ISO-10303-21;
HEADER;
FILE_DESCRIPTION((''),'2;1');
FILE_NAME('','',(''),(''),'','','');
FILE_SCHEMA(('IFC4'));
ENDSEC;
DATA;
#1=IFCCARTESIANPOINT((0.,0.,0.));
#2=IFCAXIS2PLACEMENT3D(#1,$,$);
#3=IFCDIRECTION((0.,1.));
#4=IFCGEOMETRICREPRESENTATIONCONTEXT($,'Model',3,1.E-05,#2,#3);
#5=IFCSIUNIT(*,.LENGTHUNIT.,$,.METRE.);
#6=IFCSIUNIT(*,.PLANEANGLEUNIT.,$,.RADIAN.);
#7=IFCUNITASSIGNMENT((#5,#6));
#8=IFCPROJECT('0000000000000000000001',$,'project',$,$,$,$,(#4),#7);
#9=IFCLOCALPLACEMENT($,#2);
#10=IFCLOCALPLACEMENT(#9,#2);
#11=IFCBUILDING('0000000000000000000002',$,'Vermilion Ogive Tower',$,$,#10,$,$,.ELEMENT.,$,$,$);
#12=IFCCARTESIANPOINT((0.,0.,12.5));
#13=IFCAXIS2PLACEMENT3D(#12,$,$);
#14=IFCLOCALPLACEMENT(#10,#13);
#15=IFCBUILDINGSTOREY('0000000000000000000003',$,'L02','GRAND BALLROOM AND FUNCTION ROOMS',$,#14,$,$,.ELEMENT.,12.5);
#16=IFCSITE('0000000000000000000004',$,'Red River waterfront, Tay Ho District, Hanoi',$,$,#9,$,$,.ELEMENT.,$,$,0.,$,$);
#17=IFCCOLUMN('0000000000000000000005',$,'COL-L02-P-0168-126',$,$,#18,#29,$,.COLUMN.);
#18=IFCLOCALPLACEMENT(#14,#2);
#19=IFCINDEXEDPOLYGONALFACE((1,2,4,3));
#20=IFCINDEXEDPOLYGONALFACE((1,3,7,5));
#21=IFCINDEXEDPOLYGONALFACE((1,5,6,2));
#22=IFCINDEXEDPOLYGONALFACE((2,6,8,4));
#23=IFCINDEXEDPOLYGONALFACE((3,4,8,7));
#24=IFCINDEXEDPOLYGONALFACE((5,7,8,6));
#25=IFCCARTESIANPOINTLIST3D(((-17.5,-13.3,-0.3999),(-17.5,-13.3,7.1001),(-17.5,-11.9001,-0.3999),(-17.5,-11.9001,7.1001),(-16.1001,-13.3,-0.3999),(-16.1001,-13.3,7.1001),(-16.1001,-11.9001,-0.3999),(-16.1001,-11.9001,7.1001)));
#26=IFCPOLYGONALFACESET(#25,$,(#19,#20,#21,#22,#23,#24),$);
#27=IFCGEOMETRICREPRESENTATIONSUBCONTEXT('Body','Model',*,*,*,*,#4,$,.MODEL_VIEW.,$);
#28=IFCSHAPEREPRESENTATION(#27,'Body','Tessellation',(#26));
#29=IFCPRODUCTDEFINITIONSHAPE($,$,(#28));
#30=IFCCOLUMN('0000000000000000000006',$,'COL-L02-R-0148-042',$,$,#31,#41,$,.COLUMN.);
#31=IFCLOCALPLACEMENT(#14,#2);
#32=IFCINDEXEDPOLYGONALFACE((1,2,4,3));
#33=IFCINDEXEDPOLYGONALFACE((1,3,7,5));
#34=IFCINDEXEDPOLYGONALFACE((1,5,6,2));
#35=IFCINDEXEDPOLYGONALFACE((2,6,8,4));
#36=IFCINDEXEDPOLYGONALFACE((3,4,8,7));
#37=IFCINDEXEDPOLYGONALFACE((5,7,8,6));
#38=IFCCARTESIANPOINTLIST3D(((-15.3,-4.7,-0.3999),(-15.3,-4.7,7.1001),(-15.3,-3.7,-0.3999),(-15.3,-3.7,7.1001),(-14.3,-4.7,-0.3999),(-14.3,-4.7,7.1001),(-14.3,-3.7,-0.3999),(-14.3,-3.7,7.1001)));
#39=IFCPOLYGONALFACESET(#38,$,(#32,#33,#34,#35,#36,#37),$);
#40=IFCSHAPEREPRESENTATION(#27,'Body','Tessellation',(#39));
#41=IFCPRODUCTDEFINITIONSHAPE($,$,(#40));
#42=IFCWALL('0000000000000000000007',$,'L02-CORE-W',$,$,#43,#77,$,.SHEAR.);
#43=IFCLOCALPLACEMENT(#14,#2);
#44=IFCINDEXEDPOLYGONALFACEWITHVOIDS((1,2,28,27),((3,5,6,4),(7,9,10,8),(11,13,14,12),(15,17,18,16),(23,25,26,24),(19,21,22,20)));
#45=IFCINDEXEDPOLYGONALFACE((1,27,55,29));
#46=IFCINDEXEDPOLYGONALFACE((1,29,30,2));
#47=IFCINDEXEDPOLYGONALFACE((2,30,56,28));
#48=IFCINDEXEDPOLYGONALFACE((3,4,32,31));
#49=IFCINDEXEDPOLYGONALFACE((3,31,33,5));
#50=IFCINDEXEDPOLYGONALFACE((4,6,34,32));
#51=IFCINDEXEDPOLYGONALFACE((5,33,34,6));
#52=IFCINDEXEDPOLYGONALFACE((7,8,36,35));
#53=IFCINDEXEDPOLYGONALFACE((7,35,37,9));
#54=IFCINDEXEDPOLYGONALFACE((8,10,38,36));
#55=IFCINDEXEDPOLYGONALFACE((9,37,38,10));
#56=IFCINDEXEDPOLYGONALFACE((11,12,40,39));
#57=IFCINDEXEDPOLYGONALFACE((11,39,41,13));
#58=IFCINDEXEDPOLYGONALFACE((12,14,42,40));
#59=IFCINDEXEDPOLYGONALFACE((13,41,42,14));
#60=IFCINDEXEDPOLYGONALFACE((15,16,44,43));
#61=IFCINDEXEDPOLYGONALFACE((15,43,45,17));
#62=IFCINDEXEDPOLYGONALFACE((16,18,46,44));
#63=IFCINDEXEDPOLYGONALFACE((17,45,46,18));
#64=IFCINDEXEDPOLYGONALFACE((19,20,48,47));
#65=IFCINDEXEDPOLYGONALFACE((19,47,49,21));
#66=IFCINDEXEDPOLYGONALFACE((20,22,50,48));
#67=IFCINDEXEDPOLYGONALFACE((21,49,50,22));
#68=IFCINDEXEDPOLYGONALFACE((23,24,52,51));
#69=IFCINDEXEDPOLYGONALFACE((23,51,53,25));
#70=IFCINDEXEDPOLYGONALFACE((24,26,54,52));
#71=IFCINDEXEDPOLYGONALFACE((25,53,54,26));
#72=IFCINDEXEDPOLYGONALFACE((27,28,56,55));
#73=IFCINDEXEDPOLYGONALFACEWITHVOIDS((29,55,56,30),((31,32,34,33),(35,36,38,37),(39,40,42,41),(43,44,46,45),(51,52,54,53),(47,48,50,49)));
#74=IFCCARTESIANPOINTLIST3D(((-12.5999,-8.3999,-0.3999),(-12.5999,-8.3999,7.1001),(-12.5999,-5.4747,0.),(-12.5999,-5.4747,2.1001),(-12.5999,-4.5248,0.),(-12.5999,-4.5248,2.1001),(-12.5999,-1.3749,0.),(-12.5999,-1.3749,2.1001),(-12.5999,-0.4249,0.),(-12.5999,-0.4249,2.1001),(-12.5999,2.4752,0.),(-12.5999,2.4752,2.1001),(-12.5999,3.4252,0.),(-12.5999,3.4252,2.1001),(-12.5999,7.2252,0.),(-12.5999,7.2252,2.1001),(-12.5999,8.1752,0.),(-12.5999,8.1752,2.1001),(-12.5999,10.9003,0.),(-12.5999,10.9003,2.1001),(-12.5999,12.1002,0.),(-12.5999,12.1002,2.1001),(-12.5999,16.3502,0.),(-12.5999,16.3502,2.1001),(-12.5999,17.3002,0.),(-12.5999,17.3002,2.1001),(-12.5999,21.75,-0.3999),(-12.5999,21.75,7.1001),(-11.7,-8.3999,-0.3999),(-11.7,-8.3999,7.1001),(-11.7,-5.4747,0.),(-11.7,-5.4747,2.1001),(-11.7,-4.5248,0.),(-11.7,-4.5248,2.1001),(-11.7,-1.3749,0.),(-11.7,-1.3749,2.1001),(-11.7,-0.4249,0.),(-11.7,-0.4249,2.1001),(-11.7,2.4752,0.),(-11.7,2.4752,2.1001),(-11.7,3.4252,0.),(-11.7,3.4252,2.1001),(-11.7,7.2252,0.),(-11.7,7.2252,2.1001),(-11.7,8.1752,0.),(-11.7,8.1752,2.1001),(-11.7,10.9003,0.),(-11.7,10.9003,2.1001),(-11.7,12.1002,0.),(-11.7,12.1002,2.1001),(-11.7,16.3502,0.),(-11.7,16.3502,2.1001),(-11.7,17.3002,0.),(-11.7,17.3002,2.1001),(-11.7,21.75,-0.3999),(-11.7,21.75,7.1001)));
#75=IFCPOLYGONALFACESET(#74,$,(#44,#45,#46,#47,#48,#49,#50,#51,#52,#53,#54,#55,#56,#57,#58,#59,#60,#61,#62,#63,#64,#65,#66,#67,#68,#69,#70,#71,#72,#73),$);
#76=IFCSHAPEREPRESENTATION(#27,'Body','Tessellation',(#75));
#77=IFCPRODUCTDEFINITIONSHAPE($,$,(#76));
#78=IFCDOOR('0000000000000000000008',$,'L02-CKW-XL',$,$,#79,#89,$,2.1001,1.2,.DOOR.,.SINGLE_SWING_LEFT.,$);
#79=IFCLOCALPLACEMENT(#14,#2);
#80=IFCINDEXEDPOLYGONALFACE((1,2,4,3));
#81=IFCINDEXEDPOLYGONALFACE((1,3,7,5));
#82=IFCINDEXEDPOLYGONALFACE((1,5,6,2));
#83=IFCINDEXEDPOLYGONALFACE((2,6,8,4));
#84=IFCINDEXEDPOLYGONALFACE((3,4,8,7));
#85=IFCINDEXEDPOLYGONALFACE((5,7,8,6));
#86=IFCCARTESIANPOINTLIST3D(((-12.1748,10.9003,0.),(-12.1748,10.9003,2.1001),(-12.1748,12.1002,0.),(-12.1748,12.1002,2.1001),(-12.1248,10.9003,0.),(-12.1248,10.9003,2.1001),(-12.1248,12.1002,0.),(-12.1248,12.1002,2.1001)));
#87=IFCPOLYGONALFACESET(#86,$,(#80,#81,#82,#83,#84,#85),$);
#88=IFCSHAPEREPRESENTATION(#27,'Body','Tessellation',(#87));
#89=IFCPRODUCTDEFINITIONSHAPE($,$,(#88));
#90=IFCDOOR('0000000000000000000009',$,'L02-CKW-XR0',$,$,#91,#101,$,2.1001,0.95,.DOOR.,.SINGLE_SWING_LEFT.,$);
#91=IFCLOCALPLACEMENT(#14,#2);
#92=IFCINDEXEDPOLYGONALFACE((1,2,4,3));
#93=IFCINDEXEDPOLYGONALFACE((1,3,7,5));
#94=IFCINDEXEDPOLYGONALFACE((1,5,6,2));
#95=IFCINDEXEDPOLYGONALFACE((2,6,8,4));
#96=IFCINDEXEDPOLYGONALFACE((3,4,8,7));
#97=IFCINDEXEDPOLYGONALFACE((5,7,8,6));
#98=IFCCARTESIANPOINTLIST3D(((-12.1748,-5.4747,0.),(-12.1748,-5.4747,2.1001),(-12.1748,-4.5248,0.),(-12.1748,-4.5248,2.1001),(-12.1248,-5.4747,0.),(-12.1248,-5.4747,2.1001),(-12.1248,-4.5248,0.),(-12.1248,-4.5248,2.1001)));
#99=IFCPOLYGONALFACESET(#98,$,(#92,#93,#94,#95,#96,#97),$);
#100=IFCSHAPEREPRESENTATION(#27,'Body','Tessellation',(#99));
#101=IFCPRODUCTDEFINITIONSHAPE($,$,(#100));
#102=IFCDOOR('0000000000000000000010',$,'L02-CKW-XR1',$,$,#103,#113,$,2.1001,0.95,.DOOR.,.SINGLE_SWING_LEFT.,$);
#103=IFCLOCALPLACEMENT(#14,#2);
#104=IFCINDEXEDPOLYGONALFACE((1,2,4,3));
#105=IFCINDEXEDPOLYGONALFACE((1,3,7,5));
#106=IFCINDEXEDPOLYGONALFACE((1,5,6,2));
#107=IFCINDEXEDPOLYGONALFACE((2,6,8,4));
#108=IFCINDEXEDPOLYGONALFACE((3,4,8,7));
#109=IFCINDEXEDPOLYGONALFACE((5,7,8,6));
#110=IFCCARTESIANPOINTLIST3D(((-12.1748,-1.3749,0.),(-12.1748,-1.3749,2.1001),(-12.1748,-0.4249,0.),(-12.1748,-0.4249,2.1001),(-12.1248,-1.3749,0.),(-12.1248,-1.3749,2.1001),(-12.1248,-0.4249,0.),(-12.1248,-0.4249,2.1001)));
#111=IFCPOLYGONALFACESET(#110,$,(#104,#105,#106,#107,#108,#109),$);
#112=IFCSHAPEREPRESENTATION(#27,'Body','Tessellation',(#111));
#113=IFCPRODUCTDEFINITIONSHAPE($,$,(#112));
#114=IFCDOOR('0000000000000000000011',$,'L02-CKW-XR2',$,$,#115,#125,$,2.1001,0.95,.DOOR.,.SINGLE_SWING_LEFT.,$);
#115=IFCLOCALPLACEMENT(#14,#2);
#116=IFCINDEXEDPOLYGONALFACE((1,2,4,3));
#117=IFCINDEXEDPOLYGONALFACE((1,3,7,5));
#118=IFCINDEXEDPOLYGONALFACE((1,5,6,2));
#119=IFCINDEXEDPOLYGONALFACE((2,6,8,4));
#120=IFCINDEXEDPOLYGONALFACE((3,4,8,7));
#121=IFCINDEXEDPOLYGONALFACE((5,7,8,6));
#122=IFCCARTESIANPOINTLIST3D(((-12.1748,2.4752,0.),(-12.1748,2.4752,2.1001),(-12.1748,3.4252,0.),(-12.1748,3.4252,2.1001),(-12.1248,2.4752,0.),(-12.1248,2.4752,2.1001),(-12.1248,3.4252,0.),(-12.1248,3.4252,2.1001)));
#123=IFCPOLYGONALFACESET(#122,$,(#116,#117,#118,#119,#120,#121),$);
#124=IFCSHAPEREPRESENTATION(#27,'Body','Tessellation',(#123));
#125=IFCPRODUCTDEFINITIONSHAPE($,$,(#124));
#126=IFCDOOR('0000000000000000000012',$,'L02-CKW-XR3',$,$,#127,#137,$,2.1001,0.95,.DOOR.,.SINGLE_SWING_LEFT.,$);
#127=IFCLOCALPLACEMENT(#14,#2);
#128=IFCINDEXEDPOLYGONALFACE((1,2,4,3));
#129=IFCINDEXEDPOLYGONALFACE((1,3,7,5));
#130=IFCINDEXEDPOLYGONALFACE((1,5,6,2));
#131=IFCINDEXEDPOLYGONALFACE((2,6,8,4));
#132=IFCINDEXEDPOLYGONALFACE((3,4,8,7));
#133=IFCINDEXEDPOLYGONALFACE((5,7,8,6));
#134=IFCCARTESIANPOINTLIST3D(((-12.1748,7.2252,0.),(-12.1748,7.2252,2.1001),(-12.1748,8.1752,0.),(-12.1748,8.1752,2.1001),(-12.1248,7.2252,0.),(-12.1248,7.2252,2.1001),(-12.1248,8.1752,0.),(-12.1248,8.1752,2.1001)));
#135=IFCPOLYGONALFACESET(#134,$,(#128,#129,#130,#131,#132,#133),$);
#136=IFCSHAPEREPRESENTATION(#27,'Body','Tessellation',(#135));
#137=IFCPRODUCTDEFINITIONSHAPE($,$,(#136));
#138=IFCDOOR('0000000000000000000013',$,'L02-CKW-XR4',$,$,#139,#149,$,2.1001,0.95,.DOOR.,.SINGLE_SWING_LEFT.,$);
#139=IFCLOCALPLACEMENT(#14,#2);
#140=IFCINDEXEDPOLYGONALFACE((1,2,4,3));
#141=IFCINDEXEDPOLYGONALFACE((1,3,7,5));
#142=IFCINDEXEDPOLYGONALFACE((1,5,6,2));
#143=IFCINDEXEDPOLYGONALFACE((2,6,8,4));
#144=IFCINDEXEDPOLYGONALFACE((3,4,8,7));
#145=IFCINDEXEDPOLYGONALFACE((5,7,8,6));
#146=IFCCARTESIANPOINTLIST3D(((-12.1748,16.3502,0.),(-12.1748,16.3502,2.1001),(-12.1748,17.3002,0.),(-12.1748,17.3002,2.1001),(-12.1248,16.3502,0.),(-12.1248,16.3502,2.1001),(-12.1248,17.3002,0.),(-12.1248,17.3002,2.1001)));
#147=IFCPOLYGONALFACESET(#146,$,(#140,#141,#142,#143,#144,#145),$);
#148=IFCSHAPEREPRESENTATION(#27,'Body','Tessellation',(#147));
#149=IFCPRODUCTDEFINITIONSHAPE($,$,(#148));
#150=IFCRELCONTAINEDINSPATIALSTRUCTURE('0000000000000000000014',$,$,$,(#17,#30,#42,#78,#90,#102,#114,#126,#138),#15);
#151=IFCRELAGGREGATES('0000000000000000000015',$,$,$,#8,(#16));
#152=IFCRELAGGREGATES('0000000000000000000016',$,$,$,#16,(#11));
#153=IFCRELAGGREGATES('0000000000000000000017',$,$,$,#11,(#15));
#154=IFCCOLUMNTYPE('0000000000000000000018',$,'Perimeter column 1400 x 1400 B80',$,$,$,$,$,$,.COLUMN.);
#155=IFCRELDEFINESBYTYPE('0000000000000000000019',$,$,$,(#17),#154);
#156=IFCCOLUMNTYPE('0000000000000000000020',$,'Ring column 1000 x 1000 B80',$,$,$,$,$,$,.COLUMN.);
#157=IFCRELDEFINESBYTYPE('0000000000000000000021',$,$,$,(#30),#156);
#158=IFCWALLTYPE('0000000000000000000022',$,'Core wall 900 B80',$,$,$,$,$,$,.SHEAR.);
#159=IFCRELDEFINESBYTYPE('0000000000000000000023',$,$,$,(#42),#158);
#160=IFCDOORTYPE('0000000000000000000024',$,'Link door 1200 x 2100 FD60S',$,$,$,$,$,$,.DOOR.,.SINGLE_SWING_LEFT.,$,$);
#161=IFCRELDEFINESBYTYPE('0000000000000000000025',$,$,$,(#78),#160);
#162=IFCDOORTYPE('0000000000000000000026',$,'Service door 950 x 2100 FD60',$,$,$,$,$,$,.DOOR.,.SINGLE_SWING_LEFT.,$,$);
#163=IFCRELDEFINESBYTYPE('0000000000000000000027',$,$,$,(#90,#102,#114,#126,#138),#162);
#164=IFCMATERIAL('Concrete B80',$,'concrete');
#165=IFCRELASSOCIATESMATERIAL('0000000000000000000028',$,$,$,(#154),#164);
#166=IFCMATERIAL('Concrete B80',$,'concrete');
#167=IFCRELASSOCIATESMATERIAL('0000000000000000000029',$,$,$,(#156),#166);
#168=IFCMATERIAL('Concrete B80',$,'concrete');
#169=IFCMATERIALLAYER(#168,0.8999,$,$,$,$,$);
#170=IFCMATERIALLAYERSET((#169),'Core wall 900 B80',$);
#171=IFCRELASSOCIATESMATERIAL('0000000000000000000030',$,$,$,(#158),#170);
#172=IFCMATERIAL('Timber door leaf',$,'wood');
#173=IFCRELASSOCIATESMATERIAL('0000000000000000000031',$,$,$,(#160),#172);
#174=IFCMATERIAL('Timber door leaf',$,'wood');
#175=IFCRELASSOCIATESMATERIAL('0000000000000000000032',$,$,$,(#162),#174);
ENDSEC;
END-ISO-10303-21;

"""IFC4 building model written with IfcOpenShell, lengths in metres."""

from ifc_helpers import new_model, si_unit, direction, frame, frame_2d, origin, origin_2d, place, context, subcontext, project, spatial, rectangle, extrude, material, layer, layer_set, material_profile, profile_set, type_object, element, fill, save


model = new_model("IFC4")

# Units and contexts
model_context = context("Model", 3, precision=1e-05, world=origin(), true_north=direction((0.0, 1.0)))
body_context = subcontext(model_context, "Body", "Model", "MODEL_VIEW")
ifc_project = project(units=[si_unit("LENGTHUNIT", "METRE"), si_unit("PLANEANGLEUNIT", "RADIAN")], contexts=[model_context])

# Site, building, storey
site_placement = place(None, origin())
site = spatial("IfcSite", under=ifc_project, at=site_placement, Name="Red River waterfront, Tay Ho District, Hanoi", CompositionType="ELEMENT", RefElevation=0.0)
building_placement = place(site_placement, origin())
building = spatial("IfcBuilding", under=site, at=building_placement, Name="Vermilion Ogive Tower", CompositionType="ELEMENT")
storey_placement = place(building_placement, frame((0.0, 0.0, 12.5)))
storey = spatial("IfcBuildingStorey", under=building, at=storey_placement, Name="L02", Description="GRAND BALLROOM AND FUNCTION ROOMS", CompositionType="ELEMENT", Elevation=12.5)

# Columns
ifc_material_1 = material(Name="Concrete B80", Category="concrete")
ifc_material_profile_1 = material_profile(ifc_material_1, rectangle(XDim=1.3999, YDim=1.3999, at=origin_2d()), Name="1400 x 1400")
ifc_profile_set_1 = profile_set([ifc_material_profile_1], Name="Concrete B80")
column_type_1 = type_object("IfcColumnType", Name="Perimeter column 1400 x 1400 B80", PredefinedType="COLUMN", material=ifc_profile_set_1)
column_1_placement = place(storey_placement, frame((-16.8, -12.6001, -0.3999), z_axis=(0.0, 0.0, 1.0), x_axis=(1.0, 0.0, 0.0)))
element("IfcColumn", 1, at=column_1_placement, inside=storey, type_object=column_type_1, Name="COL-L02-P-0168-126", PredefinedType="COLUMN", context=body_context, shape_type="SweptSolid", body=[
    extrude(rectangle(XDim=1.3999, YDim=1.3999, at=origin_2d()), origin(), (0.0, 0.0, 1.0), 7.5),
])
ifc_material_2 = material(Name="Concrete B80", Category="concrete")
ifc_material_profile_2 = material_profile(ifc_material_2, rectangle(XDim=1.0, YDim=1.0, at=origin_2d()), Name="1000 x 1000")
ifc_profile_set_2 = profile_set([ifc_material_profile_2], Name="Concrete B80")
column_type_2 = type_object("IfcColumnType", Name="Ring column 1000 x 1000 B80", PredefinedType="COLUMN", material=ifc_profile_set_2)
column_2_placement = place(storey_placement, frame((-14.8, -4.2, -0.3999), z_axis=(0.0, 0.0, 1.0), x_axis=(1.0, 0.0, 0.0)))
element("IfcColumn", 2, at=column_2_placement, inside=storey, type_object=column_type_2, Name="COL-L02-R-0148-042", PredefinedType="COLUMN", context=body_context, shape_type="SweptSolid", body=[
    extrude(rectangle(XDim=1.0, YDim=1.0, at=origin_2d()), origin(), (0.0, 0.0, 1.0), 7.5),
])

# Wall, openings, doors
ifc_material_3 = material(Name="Concrete B80", Category="concrete")
ifc_layer_1 = layer(ifc_material_3, 0.8999)
ifc_layer_set_1 = layer_set([ifc_layer_1], Name="Core wall 900 B80")
wall_type_1 = type_object("IfcWallType", Name="Core wall 900 B80", PredefinedType="SHEAR", material=ifc_layer_set_1)
wall_1_placement = place(storey_placement, frame((-12.1499, -8.3999, -0.3999), z_axis=(0.0, 0.0, 1.0), x_axis=(0.0, 1.0, 0.0)))
wall_1 = element("IfcWall", 3, at=wall_1_placement, inside=storey, type_object=wall_type_1, Name="L02-CORE-W", PredefinedType="SHEAR", context=body_context, shape_type="SweptSolid", body=[
    extrude(rectangle(XDim=30.1499, YDim=0.8999, at=frame_2d((15.075, 0.0))), origin(), (0.0, 0.0, 1.0), 7.5),
])
opening_1_placement = place(wall_1_placement, frame((2.925, 0.0, 0.3999)))
opening_1 = element("IfcOpeningElement", 4, at=opening_1_placement, cuts=wall_1, PredefinedType="OPENING", context=body_context, shape_type="SweptSolid", body=[
    extrude(rectangle(XDim=0.95, YDim=2.1001, at=frame_2d((0.4751, 1.05))), frame((0.0, 0.46, 0.0), z_axis=(0.0, -1.0, 0.0), x_axis=(1.0, 0.0, 0.0)), (0.0, 0.0, 1.0), 0.9199),
])
opening_2_placement = place(wall_1_placement, frame((7.0249, 0.0, 0.3999)))
opening_2 = element("IfcOpeningElement", 5, at=opening_2_placement, cuts=wall_1, PredefinedType="OPENING", context=body_context, shape_type="SweptSolid", body=[
    extrude(rectangle(XDim=0.95, YDim=2.1001, at=frame_2d((0.4751, 1.05))), frame((0.0, 0.46, 0.0), z_axis=(0.0, -1.0, 0.0), x_axis=(1.0, 0.0, 0.0)), (0.0, 0.0, 1.0), 0.9199),
])
opening_3_placement = place(wall_1_placement, frame((10.875, 0.0, 0.3999)))
opening_3 = element("IfcOpeningElement", 6, at=opening_3_placement, cuts=wall_1, PredefinedType="OPENING", context=body_context, shape_type="SweptSolid", body=[
    extrude(rectangle(XDim=0.95, YDim=2.1001, at=frame_2d((0.4751, 1.05))), frame((0.0, 0.46, 0.0), z_axis=(0.0, -1.0, 0.0), x_axis=(1.0, 0.0, 0.0)), (0.0, 0.0, 1.0), 0.9199),
])
opening_4_placement = place(wall_1_placement, frame((15.625, 0.0, 0.3999)))
opening_4 = element("IfcOpeningElement", 7, at=opening_4_placement, cuts=wall_1, PredefinedType="OPENING", context=body_context, shape_type="SweptSolid", body=[
    extrude(rectangle(XDim=0.95, YDim=2.1001, at=frame_2d((0.4751, 1.05))), frame((0.0, 0.46, 0.0), z_axis=(0.0, -1.0, 0.0), x_axis=(1.0, 0.0, 0.0)), (0.0, 0.0, 1.0), 0.9199),
])
opening_5_placement = place(wall_1_placement, frame((24.75, 0.0, 0.3999)))
opening_5 = element("IfcOpeningElement", 8, at=opening_5_placement, cuts=wall_1, PredefinedType="OPENING", context=body_context, shape_type="SweptSolid", body=[
    extrude(rectangle(XDim=0.95, YDim=2.1001, at=frame_2d((0.4751, 1.05))), frame((0.0, 0.46, 0.0), z_axis=(0.0, -1.0, 0.0), x_axis=(1.0, 0.0, 0.0)), (0.0, 0.0, 1.0), 0.9199),
])
opening_6_placement = place(wall_1_placement, frame((19.3, 0.0, 0.3999)))
opening_6 = element("IfcOpeningElement", 9, at=opening_6_placement, cuts=wall_1, PredefinedType="OPENING", context=body_context, shape_type="SweptSolid", body=[
    extrude(rectangle(XDim=1.2, YDim=2.1001, at=frame_2d((0.6001, 1.05))), frame((0.0, 0.46, 0.0), z_axis=(0.0, -1.0, 0.0), x_axis=(1.0, 0.0, 0.0)), (0.0, 0.0, 1.0), 0.9199),
])
ifc_material_4 = material(Name="Timber door leaf", Category="wood")
door_type_1 = type_object("IfcDoorType", Name="Link door 1200 x 2100 FD60S", OperationType="SINGLE_SWING_LEFT", PredefinedType="DOOR", material=ifc_material_4)
door_1_placement = place(opening_6_placement, origin())
door_1 = element("IfcDoor", 10, at=door_1_placement, inside=storey, type_object=door_type_1, Name="L02-CKW-XL", OperationType="SINGLE_SWING_LEFT", OverallHeight=2.1001, OverallWidth=1.2, PredefinedType="DOOR", context=body_context, shape_type="SweptSolid", body=[
    extrude(rectangle(XDim=1.2, YDim=2.1001, at=frame_2d((0.6001, 1.05))), frame((0.0, 0.0249, 0.0), z_axis=(0.0, -1.0, 0.0), x_axis=(1.0, 0.0, 0.0)), (0.0, 0.0, 1.0), 0.05),
])
fill(opening_6, door_1)
ifc_material_5 = material(Name="Timber door leaf", Category="wood")
door_type_2 = type_object("IfcDoorType", Name="Service door 950 x 2100 FD60", OperationType="SINGLE_SWING_LEFT", PredefinedType="DOOR", material=ifc_material_5)
door_2_placement = place(opening_1_placement, origin())
door_2 = element("IfcDoor", 11, at=door_2_placement, inside=storey, type_object=door_type_2, Name="L02-CKW-XR0", OperationType="SINGLE_SWING_LEFT", OverallHeight=2.1001, OverallWidth=0.95, PredefinedType="DOOR", context=body_context, shape_type="SweptSolid", body=[
    extrude(rectangle(XDim=0.95, YDim=2.1001, at=frame_2d((0.4751, 1.05))), frame((0.0, 0.0249, 0.0), z_axis=(0.0, -1.0, 0.0), x_axis=(1.0, 0.0, 0.0)), (0.0, 0.0, 1.0), 0.05),
])
fill(opening_1, door_2)
door_3_placement = place(opening_2_placement, origin())
door_3 = element("IfcDoor", 12, at=door_3_placement, inside=storey, type_object=door_type_2, Name="L02-CKW-XR1", OperationType="SINGLE_SWING_LEFT", OverallHeight=2.1001, OverallWidth=0.95, PredefinedType="DOOR", context=body_context, shape_type="SweptSolid", body=[
    extrude(rectangle(XDim=0.95, YDim=2.1001, at=frame_2d((0.4751, 1.05))), frame((0.0, 0.0249, 0.0), z_axis=(0.0, -1.0, 0.0), x_axis=(1.0, 0.0, 0.0)), (0.0, 0.0, 1.0), 0.05),
])
fill(opening_2, door_3)
door_4_placement = place(opening_3_placement, origin())
door_4 = element("IfcDoor", 13, at=door_4_placement, inside=storey, type_object=door_type_2, Name="L02-CKW-XR2", OperationType="SINGLE_SWING_LEFT", OverallHeight=2.1001, OverallWidth=0.95, PredefinedType="DOOR", context=body_context, shape_type="SweptSolid", body=[
    extrude(rectangle(XDim=0.95, YDim=2.1001, at=frame_2d((0.4751, 1.05))), frame((0.0, 0.0249, 0.0), z_axis=(0.0, -1.0, 0.0), x_axis=(1.0, 0.0, 0.0)), (0.0, 0.0, 1.0), 0.05),
])
fill(opening_3, door_4)
door_5_placement = place(opening_4_placement, origin())
door_5 = element("IfcDoor", 14, at=door_5_placement, inside=storey, type_object=door_type_2, Name="L02-CKW-XR3", OperationType="SINGLE_SWING_LEFT", OverallHeight=2.1001, OverallWidth=0.95, PredefinedType="DOOR", context=body_context, shape_type="SweptSolid", body=[
    extrude(rectangle(XDim=0.95, YDim=2.1001, at=frame_2d((0.4751, 1.05))), frame((0.0, 0.0249, 0.0), z_axis=(0.0, -1.0, 0.0), x_axis=(1.0, 0.0, 0.0)), (0.0, 0.0, 1.0), 0.05),
])
fill(opening_4, door_5)
door_6_placement = place(opening_5_placement, origin())
door_6 = element("IfcDoor", 15, at=door_6_placement, inside=storey, type_object=door_type_2, Name="L02-CKW-XR4", OperationType="SINGLE_SWING_LEFT", OverallHeight=2.1001, OverallWidth=0.95, PredefinedType="DOOR", context=body_context, shape_type="SweptSolid", body=[
    extrude(rectangle(XDim=0.95, YDim=2.1001, at=frame_2d((0.4751, 1.05))), frame((0.0, 0.0249, 0.0), z_axis=(0.0, -1.0, 0.0), x_axis=(1.0, 0.0, 0.0)), (0.0, 0.0, 1.0), 0.05),
])
fill(opening_5, door_6)

save(model, "model.ifc")
